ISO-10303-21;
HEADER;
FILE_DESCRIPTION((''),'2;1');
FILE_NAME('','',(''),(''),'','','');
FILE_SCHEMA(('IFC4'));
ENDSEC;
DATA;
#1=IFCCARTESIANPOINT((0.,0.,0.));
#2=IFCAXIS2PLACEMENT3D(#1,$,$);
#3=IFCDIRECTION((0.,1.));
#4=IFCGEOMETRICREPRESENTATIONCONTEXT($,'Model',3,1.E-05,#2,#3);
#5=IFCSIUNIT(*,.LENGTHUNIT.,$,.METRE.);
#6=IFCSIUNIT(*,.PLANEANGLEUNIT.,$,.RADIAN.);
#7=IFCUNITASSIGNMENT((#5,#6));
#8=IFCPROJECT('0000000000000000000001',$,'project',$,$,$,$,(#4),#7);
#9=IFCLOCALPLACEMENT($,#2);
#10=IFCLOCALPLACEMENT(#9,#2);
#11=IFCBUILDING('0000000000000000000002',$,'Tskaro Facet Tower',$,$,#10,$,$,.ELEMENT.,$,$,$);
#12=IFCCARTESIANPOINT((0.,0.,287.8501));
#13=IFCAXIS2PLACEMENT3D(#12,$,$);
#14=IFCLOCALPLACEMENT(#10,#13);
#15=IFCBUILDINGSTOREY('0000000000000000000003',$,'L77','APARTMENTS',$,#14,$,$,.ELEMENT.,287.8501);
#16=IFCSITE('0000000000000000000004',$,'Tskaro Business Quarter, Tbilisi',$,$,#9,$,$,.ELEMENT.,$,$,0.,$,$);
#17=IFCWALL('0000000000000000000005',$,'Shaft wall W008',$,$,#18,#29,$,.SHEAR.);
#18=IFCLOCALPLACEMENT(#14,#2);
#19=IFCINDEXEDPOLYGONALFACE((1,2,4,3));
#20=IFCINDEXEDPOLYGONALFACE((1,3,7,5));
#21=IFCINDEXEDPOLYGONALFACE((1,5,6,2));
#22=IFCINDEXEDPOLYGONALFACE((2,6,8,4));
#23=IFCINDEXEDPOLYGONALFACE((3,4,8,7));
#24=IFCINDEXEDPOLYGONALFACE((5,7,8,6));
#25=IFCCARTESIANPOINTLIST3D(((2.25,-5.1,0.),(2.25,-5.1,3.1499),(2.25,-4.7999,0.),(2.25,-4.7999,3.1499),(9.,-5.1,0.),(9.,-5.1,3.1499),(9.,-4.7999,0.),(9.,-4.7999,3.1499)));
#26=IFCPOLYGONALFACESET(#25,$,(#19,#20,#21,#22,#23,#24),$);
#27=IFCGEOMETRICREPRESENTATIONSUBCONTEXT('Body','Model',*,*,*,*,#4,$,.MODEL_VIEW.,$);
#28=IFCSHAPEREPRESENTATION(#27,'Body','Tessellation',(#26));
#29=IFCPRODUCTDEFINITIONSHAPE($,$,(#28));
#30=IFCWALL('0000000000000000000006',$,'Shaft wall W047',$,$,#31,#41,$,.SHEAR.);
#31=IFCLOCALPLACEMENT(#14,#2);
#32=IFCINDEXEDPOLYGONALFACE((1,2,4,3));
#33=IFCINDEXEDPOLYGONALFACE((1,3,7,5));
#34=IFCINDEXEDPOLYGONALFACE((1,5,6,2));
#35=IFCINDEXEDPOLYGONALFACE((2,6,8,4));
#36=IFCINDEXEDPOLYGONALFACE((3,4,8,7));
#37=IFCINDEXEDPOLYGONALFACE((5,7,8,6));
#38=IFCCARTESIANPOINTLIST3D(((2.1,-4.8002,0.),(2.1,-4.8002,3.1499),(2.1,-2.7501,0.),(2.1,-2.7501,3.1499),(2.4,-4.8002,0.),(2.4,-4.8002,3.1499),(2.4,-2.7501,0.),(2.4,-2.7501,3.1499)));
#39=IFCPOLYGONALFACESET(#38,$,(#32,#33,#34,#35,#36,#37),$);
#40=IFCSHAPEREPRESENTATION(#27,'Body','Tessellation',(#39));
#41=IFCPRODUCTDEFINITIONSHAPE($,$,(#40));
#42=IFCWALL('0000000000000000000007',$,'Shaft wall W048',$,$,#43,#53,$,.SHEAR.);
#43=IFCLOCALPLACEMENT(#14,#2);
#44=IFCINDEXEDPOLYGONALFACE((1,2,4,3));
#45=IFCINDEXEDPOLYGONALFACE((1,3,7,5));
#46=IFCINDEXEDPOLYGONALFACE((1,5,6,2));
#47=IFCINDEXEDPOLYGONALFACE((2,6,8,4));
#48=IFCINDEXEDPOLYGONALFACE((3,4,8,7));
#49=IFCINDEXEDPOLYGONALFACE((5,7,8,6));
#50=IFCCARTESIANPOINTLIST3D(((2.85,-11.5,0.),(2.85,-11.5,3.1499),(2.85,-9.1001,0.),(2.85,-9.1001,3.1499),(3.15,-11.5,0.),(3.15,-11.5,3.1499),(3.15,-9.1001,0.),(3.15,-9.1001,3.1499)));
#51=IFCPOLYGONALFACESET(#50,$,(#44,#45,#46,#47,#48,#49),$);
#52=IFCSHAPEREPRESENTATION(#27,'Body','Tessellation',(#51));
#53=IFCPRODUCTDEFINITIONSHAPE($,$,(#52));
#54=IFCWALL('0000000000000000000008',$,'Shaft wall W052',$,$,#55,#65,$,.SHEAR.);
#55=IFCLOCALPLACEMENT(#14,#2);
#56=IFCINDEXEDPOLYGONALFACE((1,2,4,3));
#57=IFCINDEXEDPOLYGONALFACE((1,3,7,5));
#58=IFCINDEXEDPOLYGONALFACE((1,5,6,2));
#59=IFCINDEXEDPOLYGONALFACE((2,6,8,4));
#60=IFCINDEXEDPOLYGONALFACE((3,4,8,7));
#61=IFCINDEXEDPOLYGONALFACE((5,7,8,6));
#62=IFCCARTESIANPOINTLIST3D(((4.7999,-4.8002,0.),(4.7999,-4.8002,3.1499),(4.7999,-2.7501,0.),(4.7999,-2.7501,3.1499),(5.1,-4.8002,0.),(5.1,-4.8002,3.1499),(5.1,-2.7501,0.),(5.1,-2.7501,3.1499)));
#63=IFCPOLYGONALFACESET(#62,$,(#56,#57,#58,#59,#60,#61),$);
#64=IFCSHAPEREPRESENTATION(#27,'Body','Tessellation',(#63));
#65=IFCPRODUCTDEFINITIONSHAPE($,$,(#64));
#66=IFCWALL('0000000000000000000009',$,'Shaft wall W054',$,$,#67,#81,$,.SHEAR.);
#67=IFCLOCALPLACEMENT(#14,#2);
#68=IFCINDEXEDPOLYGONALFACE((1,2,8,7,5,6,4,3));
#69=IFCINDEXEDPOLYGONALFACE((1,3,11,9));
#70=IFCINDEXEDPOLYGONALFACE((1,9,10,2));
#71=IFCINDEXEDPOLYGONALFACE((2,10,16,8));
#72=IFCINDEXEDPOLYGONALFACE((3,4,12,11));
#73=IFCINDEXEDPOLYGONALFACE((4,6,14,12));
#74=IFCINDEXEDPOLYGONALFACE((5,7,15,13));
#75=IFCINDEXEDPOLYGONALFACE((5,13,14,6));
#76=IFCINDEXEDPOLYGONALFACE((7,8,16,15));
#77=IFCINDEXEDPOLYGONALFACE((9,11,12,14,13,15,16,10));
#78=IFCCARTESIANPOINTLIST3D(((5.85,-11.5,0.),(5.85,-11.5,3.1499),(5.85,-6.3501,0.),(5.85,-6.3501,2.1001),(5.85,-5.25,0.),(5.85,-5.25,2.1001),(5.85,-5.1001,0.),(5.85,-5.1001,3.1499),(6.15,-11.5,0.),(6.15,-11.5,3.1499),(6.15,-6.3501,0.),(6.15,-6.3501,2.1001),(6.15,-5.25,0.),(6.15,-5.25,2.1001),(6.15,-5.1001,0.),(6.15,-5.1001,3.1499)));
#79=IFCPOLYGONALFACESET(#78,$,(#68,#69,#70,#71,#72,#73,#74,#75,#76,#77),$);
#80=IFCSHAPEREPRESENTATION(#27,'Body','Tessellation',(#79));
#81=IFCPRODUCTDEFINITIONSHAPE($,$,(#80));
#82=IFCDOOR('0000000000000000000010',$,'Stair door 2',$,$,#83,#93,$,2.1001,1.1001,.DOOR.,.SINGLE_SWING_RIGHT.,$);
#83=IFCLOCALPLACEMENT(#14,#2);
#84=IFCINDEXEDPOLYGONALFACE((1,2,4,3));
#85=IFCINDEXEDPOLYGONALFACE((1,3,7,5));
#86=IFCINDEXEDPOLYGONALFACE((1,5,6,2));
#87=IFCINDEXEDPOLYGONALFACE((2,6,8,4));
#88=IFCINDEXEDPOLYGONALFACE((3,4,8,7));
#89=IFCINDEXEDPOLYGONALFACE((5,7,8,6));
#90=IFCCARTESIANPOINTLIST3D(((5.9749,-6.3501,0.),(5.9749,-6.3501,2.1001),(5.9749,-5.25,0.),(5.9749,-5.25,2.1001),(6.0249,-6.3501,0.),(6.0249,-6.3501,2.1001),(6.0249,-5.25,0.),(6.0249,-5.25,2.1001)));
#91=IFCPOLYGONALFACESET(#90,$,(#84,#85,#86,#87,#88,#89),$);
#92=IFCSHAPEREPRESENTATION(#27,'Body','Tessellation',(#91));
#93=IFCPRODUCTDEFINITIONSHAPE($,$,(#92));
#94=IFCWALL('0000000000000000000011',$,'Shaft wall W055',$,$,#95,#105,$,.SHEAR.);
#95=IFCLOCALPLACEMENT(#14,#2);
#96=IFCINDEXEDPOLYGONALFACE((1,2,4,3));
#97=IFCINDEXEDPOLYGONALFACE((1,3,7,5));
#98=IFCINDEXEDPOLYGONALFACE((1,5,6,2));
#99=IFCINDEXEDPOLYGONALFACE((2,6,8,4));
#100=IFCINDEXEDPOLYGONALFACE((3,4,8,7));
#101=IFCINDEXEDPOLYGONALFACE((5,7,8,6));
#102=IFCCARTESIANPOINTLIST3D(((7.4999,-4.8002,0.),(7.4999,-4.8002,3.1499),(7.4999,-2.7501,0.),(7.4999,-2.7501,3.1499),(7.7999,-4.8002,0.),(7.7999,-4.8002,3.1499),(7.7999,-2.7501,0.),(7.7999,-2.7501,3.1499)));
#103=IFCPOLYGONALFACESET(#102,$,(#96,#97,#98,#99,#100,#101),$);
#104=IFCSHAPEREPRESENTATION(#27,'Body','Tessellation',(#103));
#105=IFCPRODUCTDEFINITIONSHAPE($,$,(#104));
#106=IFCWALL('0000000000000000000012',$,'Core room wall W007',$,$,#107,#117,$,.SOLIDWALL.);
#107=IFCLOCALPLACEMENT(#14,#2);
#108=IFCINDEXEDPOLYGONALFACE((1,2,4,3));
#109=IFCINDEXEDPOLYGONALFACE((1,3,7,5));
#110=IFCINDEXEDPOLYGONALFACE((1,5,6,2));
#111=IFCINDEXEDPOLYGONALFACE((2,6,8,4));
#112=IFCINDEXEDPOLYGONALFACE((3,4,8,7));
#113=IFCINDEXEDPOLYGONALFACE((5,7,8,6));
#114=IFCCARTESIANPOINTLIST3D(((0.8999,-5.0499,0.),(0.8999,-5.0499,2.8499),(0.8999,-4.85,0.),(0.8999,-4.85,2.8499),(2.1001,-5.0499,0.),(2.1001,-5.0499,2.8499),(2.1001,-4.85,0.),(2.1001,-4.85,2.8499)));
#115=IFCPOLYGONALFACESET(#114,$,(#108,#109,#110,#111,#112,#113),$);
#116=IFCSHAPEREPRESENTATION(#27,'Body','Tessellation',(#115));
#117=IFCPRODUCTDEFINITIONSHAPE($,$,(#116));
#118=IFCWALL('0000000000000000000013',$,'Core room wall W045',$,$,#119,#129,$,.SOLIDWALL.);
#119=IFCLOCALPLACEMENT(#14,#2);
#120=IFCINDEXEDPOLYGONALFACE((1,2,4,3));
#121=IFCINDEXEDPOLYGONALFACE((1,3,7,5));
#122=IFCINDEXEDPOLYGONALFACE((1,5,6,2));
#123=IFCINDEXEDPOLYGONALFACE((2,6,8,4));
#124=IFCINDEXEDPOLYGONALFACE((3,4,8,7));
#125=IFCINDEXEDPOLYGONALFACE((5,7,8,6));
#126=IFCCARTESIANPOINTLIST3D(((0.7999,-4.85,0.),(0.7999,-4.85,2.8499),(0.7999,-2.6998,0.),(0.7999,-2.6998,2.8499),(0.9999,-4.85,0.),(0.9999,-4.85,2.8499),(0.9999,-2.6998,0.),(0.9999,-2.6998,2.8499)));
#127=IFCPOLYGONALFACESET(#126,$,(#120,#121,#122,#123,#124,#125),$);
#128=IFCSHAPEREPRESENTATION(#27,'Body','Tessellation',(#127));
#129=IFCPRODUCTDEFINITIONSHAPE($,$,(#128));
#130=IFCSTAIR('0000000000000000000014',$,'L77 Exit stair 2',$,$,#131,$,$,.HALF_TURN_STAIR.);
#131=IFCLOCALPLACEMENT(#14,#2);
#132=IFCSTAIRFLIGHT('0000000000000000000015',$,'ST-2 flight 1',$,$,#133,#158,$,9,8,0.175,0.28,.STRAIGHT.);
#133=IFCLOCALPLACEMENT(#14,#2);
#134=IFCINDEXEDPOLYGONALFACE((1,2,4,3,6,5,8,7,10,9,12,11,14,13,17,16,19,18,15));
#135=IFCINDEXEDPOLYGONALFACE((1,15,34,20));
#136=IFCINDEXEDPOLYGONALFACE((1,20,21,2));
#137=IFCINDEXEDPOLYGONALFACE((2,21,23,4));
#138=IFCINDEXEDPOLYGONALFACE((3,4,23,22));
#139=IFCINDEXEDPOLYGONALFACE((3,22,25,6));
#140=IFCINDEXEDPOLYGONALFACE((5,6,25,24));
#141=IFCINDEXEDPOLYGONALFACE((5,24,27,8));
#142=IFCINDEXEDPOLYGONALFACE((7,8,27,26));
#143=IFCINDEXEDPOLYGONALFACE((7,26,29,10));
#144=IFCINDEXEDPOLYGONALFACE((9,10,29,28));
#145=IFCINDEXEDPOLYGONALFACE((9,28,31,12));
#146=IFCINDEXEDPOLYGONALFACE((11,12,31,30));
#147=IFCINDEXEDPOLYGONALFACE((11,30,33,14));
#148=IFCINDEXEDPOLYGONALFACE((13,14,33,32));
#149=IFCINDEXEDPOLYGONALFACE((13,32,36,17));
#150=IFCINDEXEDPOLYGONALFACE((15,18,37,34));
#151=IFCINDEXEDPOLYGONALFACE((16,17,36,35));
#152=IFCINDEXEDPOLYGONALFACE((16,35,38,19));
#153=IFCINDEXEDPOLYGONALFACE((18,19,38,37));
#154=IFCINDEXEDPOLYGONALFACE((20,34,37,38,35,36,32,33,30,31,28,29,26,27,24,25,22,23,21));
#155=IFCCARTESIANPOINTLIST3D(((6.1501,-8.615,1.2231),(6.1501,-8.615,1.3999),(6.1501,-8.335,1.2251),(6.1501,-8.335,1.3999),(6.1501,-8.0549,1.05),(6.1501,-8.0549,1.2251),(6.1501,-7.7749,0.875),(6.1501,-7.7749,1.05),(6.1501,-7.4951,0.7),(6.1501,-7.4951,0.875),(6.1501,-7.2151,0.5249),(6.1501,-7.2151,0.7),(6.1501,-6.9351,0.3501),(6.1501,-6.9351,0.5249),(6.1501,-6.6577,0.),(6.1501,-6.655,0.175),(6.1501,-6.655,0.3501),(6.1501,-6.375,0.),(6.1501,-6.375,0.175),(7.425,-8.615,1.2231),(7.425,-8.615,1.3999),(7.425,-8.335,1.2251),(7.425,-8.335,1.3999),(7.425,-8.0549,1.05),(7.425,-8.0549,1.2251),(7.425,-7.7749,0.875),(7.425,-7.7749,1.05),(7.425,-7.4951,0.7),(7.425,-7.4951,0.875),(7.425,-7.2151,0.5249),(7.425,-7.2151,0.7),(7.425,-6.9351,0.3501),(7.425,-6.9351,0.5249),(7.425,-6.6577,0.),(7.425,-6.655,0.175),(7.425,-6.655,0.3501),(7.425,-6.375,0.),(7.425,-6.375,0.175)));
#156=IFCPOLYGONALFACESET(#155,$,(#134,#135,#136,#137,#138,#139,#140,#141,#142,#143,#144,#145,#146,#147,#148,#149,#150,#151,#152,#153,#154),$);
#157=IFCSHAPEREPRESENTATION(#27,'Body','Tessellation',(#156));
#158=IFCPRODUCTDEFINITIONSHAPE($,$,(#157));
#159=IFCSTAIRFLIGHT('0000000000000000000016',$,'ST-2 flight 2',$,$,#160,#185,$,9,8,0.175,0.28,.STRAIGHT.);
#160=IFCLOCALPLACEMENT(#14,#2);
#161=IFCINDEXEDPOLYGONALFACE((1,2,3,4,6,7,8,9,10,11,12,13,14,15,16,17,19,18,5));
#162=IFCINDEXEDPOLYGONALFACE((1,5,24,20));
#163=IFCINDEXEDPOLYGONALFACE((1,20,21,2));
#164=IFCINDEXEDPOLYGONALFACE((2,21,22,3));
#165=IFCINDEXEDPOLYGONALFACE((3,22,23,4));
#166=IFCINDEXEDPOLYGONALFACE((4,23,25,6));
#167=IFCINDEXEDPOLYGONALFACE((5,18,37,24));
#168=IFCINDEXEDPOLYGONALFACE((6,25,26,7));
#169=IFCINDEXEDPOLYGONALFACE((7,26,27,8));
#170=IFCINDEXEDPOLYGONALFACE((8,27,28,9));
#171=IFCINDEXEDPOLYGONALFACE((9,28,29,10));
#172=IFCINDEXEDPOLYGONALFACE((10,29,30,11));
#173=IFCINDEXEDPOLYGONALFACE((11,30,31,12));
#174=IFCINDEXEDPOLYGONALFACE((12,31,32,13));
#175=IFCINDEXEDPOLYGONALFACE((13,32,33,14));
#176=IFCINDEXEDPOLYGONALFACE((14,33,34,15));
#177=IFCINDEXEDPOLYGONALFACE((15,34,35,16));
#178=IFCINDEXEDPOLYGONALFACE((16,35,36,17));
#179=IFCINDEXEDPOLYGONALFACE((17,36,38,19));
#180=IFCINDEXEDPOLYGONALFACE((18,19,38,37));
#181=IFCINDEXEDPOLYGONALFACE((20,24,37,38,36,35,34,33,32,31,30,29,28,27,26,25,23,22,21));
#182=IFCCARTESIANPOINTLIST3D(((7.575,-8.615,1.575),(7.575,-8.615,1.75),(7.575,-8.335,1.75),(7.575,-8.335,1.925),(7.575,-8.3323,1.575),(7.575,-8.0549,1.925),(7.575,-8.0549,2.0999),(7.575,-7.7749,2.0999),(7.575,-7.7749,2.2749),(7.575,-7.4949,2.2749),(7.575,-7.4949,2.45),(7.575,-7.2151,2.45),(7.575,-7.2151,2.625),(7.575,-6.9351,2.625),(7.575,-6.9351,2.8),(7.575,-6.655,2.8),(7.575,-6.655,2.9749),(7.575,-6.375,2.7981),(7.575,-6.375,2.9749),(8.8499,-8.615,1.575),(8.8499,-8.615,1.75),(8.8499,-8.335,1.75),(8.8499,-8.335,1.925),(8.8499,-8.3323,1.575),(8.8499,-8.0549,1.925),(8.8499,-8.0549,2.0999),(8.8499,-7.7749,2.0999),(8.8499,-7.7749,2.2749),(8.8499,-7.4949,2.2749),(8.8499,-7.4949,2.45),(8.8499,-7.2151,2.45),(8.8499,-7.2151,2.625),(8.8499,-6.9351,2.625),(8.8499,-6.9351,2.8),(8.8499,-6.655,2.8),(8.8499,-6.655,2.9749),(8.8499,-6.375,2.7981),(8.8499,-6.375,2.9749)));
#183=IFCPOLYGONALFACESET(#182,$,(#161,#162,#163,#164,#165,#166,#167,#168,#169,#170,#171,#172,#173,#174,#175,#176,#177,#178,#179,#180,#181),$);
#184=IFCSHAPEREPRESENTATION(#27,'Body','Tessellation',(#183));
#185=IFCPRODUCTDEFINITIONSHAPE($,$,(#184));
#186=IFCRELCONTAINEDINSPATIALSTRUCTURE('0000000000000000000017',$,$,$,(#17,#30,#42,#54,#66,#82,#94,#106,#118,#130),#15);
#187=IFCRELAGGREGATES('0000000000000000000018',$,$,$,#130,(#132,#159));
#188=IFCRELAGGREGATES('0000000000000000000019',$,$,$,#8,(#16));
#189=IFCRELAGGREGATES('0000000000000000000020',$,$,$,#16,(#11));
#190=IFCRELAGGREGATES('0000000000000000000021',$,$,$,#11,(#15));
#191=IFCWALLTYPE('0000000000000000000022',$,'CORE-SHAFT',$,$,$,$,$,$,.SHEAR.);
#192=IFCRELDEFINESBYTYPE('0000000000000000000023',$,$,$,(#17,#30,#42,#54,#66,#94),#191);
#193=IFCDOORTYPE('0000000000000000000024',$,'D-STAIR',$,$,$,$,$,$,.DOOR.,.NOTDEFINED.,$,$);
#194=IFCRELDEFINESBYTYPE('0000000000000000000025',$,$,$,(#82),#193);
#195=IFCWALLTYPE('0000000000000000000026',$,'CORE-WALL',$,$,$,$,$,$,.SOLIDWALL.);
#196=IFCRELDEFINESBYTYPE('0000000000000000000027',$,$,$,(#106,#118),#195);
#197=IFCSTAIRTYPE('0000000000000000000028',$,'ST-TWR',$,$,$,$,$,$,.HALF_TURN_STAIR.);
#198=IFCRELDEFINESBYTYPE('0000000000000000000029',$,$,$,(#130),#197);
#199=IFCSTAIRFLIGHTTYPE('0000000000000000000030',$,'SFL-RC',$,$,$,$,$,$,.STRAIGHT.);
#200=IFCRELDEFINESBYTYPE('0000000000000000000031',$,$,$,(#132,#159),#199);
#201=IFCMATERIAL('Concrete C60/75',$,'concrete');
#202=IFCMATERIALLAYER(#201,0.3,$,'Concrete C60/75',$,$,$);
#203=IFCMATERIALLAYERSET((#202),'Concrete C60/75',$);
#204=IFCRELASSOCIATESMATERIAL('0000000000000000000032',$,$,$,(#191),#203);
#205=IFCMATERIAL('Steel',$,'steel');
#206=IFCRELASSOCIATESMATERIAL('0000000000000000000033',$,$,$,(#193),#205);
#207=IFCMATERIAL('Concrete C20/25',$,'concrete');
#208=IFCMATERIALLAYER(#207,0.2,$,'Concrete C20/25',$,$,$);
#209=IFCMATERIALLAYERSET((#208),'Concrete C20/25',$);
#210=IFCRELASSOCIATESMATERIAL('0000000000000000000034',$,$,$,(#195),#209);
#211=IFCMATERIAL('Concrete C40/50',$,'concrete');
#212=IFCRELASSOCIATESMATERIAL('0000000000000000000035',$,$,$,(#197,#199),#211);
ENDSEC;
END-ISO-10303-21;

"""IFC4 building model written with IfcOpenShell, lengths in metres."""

from ifc_helpers import new_model, si_unit, direction, frame, frame_2d, origin, place, context, subcontext, project, spatial, polyline, rectangle, outline, extrude, material, layer, layer_set, type_object, element, fill, aggregate, save


model = new_model("IFC4")

# Units and contexts
model_context = context("Model", 3, precision=1e-05, world=origin(), true_north=direction((0.0, 1.0)))
body_context = subcontext(model_context, "Body", "Model", "MODEL_VIEW")
ifc_project = project(units=[si_unit("LENGTHUNIT", "METRE"), si_unit("PLANEANGLEUNIT", "RADIAN")], contexts=[model_context])

# Site, building, storey
site_placement = place(None, origin())
site = spatial("IfcSite", under=ifc_project, at=site_placement, Name="Tskaro Business Quarter, Tbilisi", CompositionType="ELEMENT", RefElevation=0.0)
building_placement = place(site_placement, origin())
building = spatial("IfcBuilding", under=site, at=building_placement, Name="Tskaro Facet Tower", CompositionType="ELEMENT")
storey_placement = place(building_placement, frame((0.0, 0.0, 287.8501)))
storey = spatial("IfcBuildingStorey", under=building, at=storey_placement, Name="L77", Description="APARTMENTS", CompositionType="ELEMENT", Elevation=287.8501)

# Walls
ifc_material_1 = material(Name="Concrete C60/75", Category="concrete")
ifc_layer_1 = layer(ifc_material_1, 0.3, Name="Concrete C60/75")
ifc_layer_set_1 = layer_set([ifc_layer_1], Name="Concrete C60/75")
wall_type_1 = type_object("IfcWallType", Name="CORE-SHAFT", PredefinedType="SHEAR", material=ifc_layer_set_1)
wall_1_placement = place(storey_placement, frame((2.25, -4.95, 0.0), z_axis=(0.0, 0.0, 1.0), x_axis=(1.0, 0.0, 0.0)))
element("IfcWall", 1, at=wall_1_placement, inside=storey, type_object=wall_type_1, Name="Shaft wall W008", PredefinedType="SHEAR", context=body_context, shape_type="SweptSolid", body=[
    extrude(rectangle(XDim=6.75, YDim=0.3, at=frame_2d((3.375, 0.0))), origin(), (0.0, 0.0, 1.0), 3.1499),
])
wall_2_placement = place(storey_placement, frame((2.25, -4.8, 0.0), z_axis=(0.0, 0.0, 1.0), x_axis=(0.0, 1.0, 0.0)))
element("IfcWall", 2, at=wall_2_placement, inside=storey, type_object=wall_type_1, Name="Shaft wall W047", PredefinedType="SHEAR", context=body_context, shape_type="SweptSolid", body=[
    extrude(rectangle(XDim=2.05, YDim=0.3, at=frame_2d((1.0249, 0.0))), origin(), (0.0, 0.0, 1.0), 3.1499),
])
wall_3_placement = place(storey_placement, frame((3.0, -11.5, 0.0), z_axis=(0.0, 0.0, 1.0), x_axis=(0.0, 1.0, 0.0)))
element("IfcWall", 3, at=wall_3_placement, inside=storey, type_object=wall_type_1, Name="Shaft wall W048", PredefinedType="SHEAR", context=body_context, shape_type="SweptSolid", body=[
    extrude(rectangle(XDim=2.3999, YDim=0.3, at=frame_2d((1.2, 0.0))), origin(), (0.0, 0.0, 1.0), 3.1499),
])
wall_4_placement = place(storey_placement, frame((4.95, -4.8, 0.0), z_axis=(0.0, 0.0, 1.0), x_axis=(0.0, 1.0, 0.0)))
element("IfcWall", 4, at=wall_4_placement, inside=storey, type_object=wall_type_1, Name="Shaft wall W052", PredefinedType="SHEAR", context=body_context, shape_type="SweptSolid", body=[
    extrude(rectangle(XDim=2.05, YDim=0.3, at=frame_2d((1.0249, 0.0))), origin(), (0.0, 0.0, 1.0), 3.1499),
])

# Wall, opening, door
wall_5_placement = place(storey_placement, frame((6.0, -5.1001, 0.0), z_axis=(0.0, 0.0, 1.0), x_axis=(0.0, -1.0, 0.0)))
wall_5 = element("IfcWall", 5, at=wall_5_placement, inside=storey, type_object=wall_type_1, Name="Shaft wall W054", PredefinedType="SHEAR", context=body_context, shape_type="SweptSolid", body=[
    extrude(rectangle(XDim=6.3999, YDim=0.3, at=frame_2d((3.2, 0.0))), origin(), (0.0, 0.0, 1.0), 3.1499),
])
opening_placement = place(wall_5_placement, frame((0.1499, 0.0, 0.0)))
opening = element("IfcOpeningElement", 6, at=opening_placement, cuts=wall_5, PredefinedType="OPENING", context=body_context, shape_type="SweptSolid", body=[
    extrude(rectangle(XDim=1.1001, YDim=2.1001, at=frame_2d((0.55, 1.05))), frame((0.0, 0.1599, 0.0), z_axis=(0.0, -1.0, 0.0), x_axis=(1.0, 0.0, 0.0)), (0.0, 0.0, 1.0), 0.3201),
])
ifc_material_2 = material(Name="Steel", Category="steel")
door_type = type_object("IfcDoorType", Name="D-STAIR", OperationType="NOTDEFINED", PredefinedType="DOOR", material=ifc_material_2)
door_placement = place(opening_placement, origin())
door = element("IfcDoor", 7, at=door_placement, inside=storey, type_object=door_type, Name="Stair door 2", OperationType="SINGLE_SWING_RIGHT", OverallHeight=2.1001, OverallWidth=1.1001, PredefinedType="DOOR", context=body_context, shape_type="SweptSolid", body=[
    extrude(rectangle(XDim=1.1001, YDim=2.1001, at=frame_2d((0.55, 1.05))), frame((0.0, 0.0249, 0.0), z_axis=(0.0, -1.0, 0.0), x_axis=(1.0, 0.0, 0.0)), (0.0, 0.0, 1.0), 0.05),
])
fill(opening, door)

# Walls
wall_6_placement = place(storey_placement, frame((7.6499, -4.8, 0.0), z_axis=(0.0, 0.0, 1.0), x_axis=(0.0, 1.0, 0.0)))
element("IfcWall", 8, at=wall_6_placement, inside=storey, type_object=wall_type_1, Name="Shaft wall W055", PredefinedType="SHEAR", context=body_context, shape_type="SweptSolid", body=[
    extrude(rectangle(XDim=2.05, YDim=0.3, at=frame_2d((1.0249, 0.0))), origin(), (0.0, 0.0, 1.0), 3.1499),
])
ifc_material_3 = material(Name="Concrete C20/25", Category="concrete")
ifc_layer_2 = layer(ifc_material_3, 0.2, Name="Concrete C20/25")
ifc_layer_set_2 = layer_set([ifc_layer_2], Name="Concrete C20/25")
wall_type_2 = type_object("IfcWallType", Name="CORE-WALL", PredefinedType="SOLIDWALL", material=ifc_layer_set_2)
wall_7_placement = place(storey_placement, frame((0.8999, -4.95, 0.0), z_axis=(0.0, 0.0, 1.0), x_axis=(1.0, 0.0, 0.0)))
element("IfcWall", 9, at=wall_7_placement, inside=storey, type_object=wall_type_2, Name="Core room wall W007", PredefinedType="SOLIDWALL", context=body_context, shape_type="SweptSolid", body=[
    extrude(rectangle(XDim=1.2002, YDim=0.2, at=frame_2d((0.6001, 0.0))), origin(), (0.0, 0.0, 1.0), 2.8499),
])
wall_8_placement = place(storey_placement, frame((0.8999, -4.8501, 0.0), z_axis=(0.0, 0.0, 1.0), x_axis=(0.0, 1.0, 0.0)))
element("IfcWall", 10, at=wall_8_placement, inside=storey, type_object=wall_type_2, Name="Core room wall W045", PredefinedType="SOLIDWALL", context=body_context, shape_type="SweptSolid", body=[
    extrude(rectangle(XDim=2.1501, YDim=0.2, at=frame_2d((1.0752, 0.0))), origin(), (0.0, 0.0, 1.0), 2.8499),
])

# Stair, stair flights
ifc_material_4 = material(Name="Concrete C40/50", Category="concrete")
stair_type = type_object("IfcStairType", Name="ST-TWR", PredefinedType="HALF_TURN_STAIR", material=ifc_material_4)
stair_placement = place(storey_placement, origin())
stair = element("IfcStair", 11, at=stair_placement, inside=storey, type_object=stair_type, Name="L77 Exit stair 2", PredefinedType="HALF_TURN_STAIR")
stair_flight_type = type_object("IfcStairFlightType", Name="SFL-RC", PredefinedType="STRAIGHT", material=ifc_material_4)
stair_flight_1_placement = place(storey_placement, frame((6.7876, -6.375, 0.0), z_axis=(0.0, 0.0, 1.0), x_axis=(0.0, -1.0, 0.0)))
stair_flight_1 = element("IfcStairFlight", 12, at=stair_flight_1_placement, type_object=stair_flight_type, Name="ST-2 flight 1", NumberOfRisers=9, NumberOfTreads=8, PredefinedType="STRAIGHT", RiserHeight=0.175, TreadLength=0.28, context=body_context, shape_type="SweptSolid", body=[
    extrude(outline(polyline([(0.0, 0.0), (0.0, 0.175), (0.28, 0.175), (0.28, 0.3501), (0.5601, 0.3501), (0.5601, 0.5249), (0.8401, 0.5249), (0.8401, 0.7), (1.1201, 0.7), (1.1201, 0.875), (1.3999, 0.875), (1.3999, 1.05), (1.6799, 1.05), (1.6799, 1.2251), (1.96, 1.2251), (1.96, 1.3999), (2.24, 1.3999), (2.24, 1.575), (2.24, 1.2231), (0.2827, 0.0), (0.0, 0.0)])), frame((0.0, 0.6375, 0.0), z_axis=(0.0, -1.0, 0.0), x_axis=(1.0, 0.0, 0.0)), (0.0, 0.0, 1.0), 1.2749),
])
stair_flight_2_placement = place(storey_placement, frame((8.2124, -8.615, 1.575), z_axis=(0.0, 0.0, 1.0), x_axis=(0.0, 1.0, 0.0)))
stair_flight_2 = element("IfcStairFlight", 13, at=stair_flight_2_placement, type_object=stair_flight_type, Name="ST-2 flight 2", NumberOfRisers=9, NumberOfTreads=8, PredefinedType="STRAIGHT", RiserHeight=0.175, TreadLength=0.28, context=body_context, shape_type="SweptSolid", body=[
    extrude(outline(polyline([(0.0, 0.0), (0.0, 0.175), (0.28, 0.175), (0.28, 0.3501), (0.5601, 0.3501), (0.5601, 0.5249), (0.8401, 0.5249), (0.8401, 0.7), (1.1201, 0.7), (1.1201, 0.875), (1.3999, 0.875), (1.3999, 1.05), (1.6799, 1.05), (1.6799, 1.2251), (1.96, 1.2251), (1.96, 1.3999), (2.24, 1.3999), (2.24, 1.575), (2.24, 1.2231), (0.2827, 0.0), (0.0, 0.0)])), frame((0.0, 0.6375, 0.0), z_axis=(0.0, -1.0, 0.0), x_axis=(1.0, 0.0, 0.0)), (0.0, 0.0, 1.0), 1.2749),
])
aggregate(stair, [stair_flight_1, stair_flight_2])

save(model, "model.ifc")
